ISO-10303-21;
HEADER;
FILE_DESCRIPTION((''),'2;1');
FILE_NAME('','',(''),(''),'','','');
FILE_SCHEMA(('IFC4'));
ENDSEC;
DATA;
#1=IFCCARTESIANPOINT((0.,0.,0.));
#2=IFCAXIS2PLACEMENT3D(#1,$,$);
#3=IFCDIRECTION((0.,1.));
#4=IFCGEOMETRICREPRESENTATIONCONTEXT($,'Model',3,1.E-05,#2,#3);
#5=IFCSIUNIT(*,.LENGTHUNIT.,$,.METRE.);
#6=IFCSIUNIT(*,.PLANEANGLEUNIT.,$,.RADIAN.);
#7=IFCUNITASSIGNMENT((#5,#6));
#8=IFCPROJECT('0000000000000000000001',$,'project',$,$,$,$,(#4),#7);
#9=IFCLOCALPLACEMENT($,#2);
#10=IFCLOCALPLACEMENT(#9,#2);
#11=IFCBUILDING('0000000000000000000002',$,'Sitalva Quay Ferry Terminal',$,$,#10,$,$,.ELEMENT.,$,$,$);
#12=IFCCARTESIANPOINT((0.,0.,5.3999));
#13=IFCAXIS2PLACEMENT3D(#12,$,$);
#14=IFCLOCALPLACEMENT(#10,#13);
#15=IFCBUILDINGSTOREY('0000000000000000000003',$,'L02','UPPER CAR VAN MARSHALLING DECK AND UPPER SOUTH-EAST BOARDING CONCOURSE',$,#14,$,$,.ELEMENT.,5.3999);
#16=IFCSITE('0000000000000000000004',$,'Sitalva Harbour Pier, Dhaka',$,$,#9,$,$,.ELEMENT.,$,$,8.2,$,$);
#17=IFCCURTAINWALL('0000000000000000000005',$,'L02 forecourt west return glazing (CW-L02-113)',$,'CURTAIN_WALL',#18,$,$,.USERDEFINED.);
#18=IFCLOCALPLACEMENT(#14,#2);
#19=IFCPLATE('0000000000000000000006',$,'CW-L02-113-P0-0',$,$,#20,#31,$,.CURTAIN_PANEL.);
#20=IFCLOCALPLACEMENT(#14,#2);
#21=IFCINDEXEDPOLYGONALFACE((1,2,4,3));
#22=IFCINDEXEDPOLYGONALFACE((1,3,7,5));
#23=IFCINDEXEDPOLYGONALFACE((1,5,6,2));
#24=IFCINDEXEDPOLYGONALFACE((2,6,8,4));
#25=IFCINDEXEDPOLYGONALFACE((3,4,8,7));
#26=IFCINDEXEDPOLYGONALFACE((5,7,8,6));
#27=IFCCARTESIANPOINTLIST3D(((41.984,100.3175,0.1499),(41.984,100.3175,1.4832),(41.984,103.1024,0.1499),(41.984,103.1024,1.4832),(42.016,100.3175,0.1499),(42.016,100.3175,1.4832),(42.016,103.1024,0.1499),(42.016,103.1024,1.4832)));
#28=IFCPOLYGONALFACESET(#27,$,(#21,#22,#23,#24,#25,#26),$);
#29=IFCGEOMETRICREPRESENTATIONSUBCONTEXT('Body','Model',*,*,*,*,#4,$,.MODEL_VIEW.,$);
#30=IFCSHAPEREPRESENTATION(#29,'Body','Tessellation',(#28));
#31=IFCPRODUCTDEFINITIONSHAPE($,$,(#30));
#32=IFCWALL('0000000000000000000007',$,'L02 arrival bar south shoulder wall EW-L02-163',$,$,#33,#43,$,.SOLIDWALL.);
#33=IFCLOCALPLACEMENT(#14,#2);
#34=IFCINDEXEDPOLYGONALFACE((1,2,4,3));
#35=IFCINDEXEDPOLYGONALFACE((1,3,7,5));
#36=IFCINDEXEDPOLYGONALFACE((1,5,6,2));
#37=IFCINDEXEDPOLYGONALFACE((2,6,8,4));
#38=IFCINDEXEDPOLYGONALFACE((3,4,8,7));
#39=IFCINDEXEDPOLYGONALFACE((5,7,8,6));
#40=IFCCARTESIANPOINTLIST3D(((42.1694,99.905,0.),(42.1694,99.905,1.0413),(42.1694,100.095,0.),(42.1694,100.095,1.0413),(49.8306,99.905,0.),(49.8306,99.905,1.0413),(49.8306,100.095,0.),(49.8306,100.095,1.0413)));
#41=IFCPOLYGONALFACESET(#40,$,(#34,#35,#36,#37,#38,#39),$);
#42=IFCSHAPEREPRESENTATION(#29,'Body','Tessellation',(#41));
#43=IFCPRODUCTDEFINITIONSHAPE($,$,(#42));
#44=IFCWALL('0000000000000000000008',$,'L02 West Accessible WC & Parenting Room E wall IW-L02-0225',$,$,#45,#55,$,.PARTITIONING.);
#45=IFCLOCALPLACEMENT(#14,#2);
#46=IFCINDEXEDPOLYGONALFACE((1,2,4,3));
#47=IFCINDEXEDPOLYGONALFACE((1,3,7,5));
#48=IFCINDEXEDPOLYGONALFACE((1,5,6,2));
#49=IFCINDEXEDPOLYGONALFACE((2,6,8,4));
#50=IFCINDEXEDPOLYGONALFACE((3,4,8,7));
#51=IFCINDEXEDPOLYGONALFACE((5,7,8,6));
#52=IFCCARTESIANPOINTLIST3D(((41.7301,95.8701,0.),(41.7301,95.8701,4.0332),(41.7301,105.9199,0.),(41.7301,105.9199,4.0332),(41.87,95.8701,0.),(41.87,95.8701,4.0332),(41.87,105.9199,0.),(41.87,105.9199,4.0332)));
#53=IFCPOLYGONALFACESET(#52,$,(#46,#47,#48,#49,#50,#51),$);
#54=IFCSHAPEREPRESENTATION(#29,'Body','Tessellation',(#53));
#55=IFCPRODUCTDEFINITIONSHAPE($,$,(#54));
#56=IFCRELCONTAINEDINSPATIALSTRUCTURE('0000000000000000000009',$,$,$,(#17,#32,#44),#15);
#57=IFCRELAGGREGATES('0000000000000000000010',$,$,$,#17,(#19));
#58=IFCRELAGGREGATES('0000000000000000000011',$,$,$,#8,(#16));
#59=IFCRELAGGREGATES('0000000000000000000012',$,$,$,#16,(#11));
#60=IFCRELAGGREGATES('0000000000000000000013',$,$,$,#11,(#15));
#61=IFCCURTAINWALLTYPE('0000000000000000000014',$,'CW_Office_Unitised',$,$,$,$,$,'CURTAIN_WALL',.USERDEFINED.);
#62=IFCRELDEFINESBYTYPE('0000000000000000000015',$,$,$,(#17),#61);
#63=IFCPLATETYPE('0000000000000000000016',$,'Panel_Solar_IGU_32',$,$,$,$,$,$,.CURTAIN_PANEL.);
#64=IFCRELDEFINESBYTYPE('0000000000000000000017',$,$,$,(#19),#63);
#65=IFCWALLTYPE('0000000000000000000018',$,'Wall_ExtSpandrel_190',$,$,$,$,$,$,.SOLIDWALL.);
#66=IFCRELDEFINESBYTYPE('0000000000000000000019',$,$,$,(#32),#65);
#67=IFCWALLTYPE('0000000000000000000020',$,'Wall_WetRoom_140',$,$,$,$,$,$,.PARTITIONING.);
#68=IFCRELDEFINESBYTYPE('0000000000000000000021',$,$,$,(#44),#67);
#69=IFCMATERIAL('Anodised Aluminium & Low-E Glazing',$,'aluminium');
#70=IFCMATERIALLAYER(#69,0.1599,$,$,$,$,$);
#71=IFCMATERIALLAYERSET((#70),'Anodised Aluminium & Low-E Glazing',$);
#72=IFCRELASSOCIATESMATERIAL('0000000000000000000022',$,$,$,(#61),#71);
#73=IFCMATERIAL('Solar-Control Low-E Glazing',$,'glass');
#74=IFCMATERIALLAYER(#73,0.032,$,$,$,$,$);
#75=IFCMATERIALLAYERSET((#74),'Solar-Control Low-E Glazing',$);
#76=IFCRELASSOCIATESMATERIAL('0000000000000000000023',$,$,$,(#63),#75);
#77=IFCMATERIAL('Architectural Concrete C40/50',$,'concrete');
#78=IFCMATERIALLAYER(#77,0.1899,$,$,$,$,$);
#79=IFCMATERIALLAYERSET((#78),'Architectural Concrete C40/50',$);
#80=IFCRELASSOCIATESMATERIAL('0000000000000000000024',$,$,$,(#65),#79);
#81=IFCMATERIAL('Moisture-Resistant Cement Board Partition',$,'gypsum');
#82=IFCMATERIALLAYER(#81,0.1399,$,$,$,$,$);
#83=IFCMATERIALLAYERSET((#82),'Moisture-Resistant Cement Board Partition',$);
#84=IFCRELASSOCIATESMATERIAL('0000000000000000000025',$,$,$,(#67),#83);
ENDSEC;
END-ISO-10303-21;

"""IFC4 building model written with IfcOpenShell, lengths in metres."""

from ifc_helpers import new_model, si_unit, direction, frame, frame_2d, origin, origin_2d, place, context, subcontext, project, spatial, rectangle, extrude, material, layer, layer_set, type_object, element, aggregate, save


model = new_model("IFC4")

# Units and contexts
model_context = context("Model", 3, precision=1e-05, world=origin(), true_north=direction((0.0, 1.0)))
body_context = subcontext(model_context, "Body", "Model", "MODEL_VIEW")
ifc_project = project(units=[si_unit("LENGTHUNIT", "METRE"), si_unit("PLANEANGLEUNIT", "RADIAN")], contexts=[model_context])

# Site, building, storey
site_placement = place(None, origin())
site = spatial("IfcSite", under=ifc_project, at=site_placement, Name="Sitalva Harbour Pier, Dhaka", CompositionType="ELEMENT", RefElevation=8.2)
building_placement = place(site_placement, origin())
building = spatial("IfcBuilding", under=site, at=building_placement, Name="Sitalva Quay Ferry Terminal", CompositionType="ELEMENT")
storey_placement = place(building_placement, frame((0.0, 0.0, 5.3999)))
storey = spatial("IfcBuildingStorey", under=building, at=storey_placement, Name="L02", Description="UPPER CAR VAN MARSHALLING DECK AND UPPER SOUTH-EAST BOARDING CONCOURSE", CompositionType="ELEMENT", Elevation=5.3999)

# Shared definitions
ifc_material_1 = material(Name="Anodised Aluminium & Low-E Glazing", Category="aluminium")
ifc_layer_1 = layer(ifc_material_1, 0.1599)
ifc_layer_set_1 = layer_set([ifc_layer_1], Name="Anodised Aluminium & Low-E Glazing")
curtain_wall_type = type_object("IfcCurtainWallType", Name="CW_Office_Unitised", ElementType="CURTAIN_WALL", PredefinedType="USERDEFINED", material=ifc_layer_set_1)

# Curtain wall
curtain_wall_1_placement = place(storey_placement, origin())
curtain_wall_1 = element("IfcCurtainWall", 1, at=curtain_wall_1_placement, inside=storey, type_object=curtain_wall_type, Name="L02 forecourt west return glazing (CW-L02-113)", ObjectType="CURTAIN_WALL", PredefinedType="USERDEFINED")

# Plate
ifc_material_2 = material(Name="Solar-Control Low-E Glazing", Category="glass")
ifc_layer_2 = layer(ifc_material_2, 0.032)
ifc_layer_set_2 = layer_set([ifc_layer_2], Name="Solar-Control Low-E Glazing")
plate_type = type_object("IfcPlateType", Name="Panel_Solar_IGU_32", PredefinedType="CURTAIN_PANEL", material=ifc_layer_set_2)
plate_1_placement = place(storey_placement, frame((42.0, 101.71, 0.1499), z_axis=(0.0, 0.0, 1.0), x_axis=(0.0, 1.0, 0.0)))
plate_1 = element("IfcPlate", 2, at=plate_1_placement, type_object=plate_type, Name="CW-L02-113-P0-0", PredefinedType="CURTAIN_PANEL", context=body_context, shape_type="SweptSolid", body=[
    extrude(rectangle(XDim=2.7849, YDim=0.032, at=origin_2d()), origin(), (0.0, 0.0, 1.0), 1.3333),
])
aggregate(curtain_wall_1, [plate_1])

# Walls
ifc_material_3 = material(Name="Architectural Concrete C40/50", Category="concrete")
ifc_layer_3 = layer(ifc_material_3, 0.1899)
ifc_layer_set_3 = layer_set([ifc_layer_3], Name="Architectural Concrete C40/50")
wall_type_1 = type_object("IfcWallType", Name="Wall_ExtSpandrel_190", PredefinedType="SOLIDWALL", material=ifc_layer_set_3)
wall_1_placement = place(storey_placement, frame((42.1694, 100.0, 0.0), z_axis=(0.0, 0.0, 1.0), x_axis=(1.0, 0.0, 0.0)))
element("IfcWall", 3, at=wall_1_placement, inside=storey, type_object=wall_type_1, Name="L02 arrival bar south shoulder wall EW-L02-163", PredefinedType="SOLIDWALL", context=body_context, shape_type="SweptSolid", body=[
    extrude(rectangle(XDim=7.6611, YDim=0.1899, at=frame_2d((3.8306, 0.0))), origin(), (0.0, 0.0, 1.0), 1.0413),
])
ifc_material_4 = material(Name="Moisture-Resistant Cement Board Partition", Category="gypsum")
ifc_layer_4 = layer(ifc_material_4, 0.1399)
ifc_layer_set_4 = layer_set([ifc_layer_4], Name="Moisture-Resistant Cement Board Partition")
wall_type_2 = type_object("IfcWallType", Name="Wall_WetRoom_140", PredefinedType="PARTITIONING", material=ifc_layer_set_4)
wall_2_placement = place(storey_placement, frame((41.8, 95.8701, 0.0), z_axis=(0.0, 0.0, 1.0), x_axis=(0.0, 1.0, 0.0)))
element("IfcWall", 4, at=wall_2_placement, inside=storey, type_object=wall_type_2, Name="L02 West Accessible WC & Parenting Room E wall IW-L02-0225", PredefinedType="PARTITIONING", context=body_context, shape_type="SweptSolid", body=[
    extrude(rectangle(XDim=10.0498, YDim=0.1399, at=frame_2d((5.0249, 0.0))), origin(), (0.0, 0.0, 1.0), 4.0332),
])

save(model, "model.ifc")
